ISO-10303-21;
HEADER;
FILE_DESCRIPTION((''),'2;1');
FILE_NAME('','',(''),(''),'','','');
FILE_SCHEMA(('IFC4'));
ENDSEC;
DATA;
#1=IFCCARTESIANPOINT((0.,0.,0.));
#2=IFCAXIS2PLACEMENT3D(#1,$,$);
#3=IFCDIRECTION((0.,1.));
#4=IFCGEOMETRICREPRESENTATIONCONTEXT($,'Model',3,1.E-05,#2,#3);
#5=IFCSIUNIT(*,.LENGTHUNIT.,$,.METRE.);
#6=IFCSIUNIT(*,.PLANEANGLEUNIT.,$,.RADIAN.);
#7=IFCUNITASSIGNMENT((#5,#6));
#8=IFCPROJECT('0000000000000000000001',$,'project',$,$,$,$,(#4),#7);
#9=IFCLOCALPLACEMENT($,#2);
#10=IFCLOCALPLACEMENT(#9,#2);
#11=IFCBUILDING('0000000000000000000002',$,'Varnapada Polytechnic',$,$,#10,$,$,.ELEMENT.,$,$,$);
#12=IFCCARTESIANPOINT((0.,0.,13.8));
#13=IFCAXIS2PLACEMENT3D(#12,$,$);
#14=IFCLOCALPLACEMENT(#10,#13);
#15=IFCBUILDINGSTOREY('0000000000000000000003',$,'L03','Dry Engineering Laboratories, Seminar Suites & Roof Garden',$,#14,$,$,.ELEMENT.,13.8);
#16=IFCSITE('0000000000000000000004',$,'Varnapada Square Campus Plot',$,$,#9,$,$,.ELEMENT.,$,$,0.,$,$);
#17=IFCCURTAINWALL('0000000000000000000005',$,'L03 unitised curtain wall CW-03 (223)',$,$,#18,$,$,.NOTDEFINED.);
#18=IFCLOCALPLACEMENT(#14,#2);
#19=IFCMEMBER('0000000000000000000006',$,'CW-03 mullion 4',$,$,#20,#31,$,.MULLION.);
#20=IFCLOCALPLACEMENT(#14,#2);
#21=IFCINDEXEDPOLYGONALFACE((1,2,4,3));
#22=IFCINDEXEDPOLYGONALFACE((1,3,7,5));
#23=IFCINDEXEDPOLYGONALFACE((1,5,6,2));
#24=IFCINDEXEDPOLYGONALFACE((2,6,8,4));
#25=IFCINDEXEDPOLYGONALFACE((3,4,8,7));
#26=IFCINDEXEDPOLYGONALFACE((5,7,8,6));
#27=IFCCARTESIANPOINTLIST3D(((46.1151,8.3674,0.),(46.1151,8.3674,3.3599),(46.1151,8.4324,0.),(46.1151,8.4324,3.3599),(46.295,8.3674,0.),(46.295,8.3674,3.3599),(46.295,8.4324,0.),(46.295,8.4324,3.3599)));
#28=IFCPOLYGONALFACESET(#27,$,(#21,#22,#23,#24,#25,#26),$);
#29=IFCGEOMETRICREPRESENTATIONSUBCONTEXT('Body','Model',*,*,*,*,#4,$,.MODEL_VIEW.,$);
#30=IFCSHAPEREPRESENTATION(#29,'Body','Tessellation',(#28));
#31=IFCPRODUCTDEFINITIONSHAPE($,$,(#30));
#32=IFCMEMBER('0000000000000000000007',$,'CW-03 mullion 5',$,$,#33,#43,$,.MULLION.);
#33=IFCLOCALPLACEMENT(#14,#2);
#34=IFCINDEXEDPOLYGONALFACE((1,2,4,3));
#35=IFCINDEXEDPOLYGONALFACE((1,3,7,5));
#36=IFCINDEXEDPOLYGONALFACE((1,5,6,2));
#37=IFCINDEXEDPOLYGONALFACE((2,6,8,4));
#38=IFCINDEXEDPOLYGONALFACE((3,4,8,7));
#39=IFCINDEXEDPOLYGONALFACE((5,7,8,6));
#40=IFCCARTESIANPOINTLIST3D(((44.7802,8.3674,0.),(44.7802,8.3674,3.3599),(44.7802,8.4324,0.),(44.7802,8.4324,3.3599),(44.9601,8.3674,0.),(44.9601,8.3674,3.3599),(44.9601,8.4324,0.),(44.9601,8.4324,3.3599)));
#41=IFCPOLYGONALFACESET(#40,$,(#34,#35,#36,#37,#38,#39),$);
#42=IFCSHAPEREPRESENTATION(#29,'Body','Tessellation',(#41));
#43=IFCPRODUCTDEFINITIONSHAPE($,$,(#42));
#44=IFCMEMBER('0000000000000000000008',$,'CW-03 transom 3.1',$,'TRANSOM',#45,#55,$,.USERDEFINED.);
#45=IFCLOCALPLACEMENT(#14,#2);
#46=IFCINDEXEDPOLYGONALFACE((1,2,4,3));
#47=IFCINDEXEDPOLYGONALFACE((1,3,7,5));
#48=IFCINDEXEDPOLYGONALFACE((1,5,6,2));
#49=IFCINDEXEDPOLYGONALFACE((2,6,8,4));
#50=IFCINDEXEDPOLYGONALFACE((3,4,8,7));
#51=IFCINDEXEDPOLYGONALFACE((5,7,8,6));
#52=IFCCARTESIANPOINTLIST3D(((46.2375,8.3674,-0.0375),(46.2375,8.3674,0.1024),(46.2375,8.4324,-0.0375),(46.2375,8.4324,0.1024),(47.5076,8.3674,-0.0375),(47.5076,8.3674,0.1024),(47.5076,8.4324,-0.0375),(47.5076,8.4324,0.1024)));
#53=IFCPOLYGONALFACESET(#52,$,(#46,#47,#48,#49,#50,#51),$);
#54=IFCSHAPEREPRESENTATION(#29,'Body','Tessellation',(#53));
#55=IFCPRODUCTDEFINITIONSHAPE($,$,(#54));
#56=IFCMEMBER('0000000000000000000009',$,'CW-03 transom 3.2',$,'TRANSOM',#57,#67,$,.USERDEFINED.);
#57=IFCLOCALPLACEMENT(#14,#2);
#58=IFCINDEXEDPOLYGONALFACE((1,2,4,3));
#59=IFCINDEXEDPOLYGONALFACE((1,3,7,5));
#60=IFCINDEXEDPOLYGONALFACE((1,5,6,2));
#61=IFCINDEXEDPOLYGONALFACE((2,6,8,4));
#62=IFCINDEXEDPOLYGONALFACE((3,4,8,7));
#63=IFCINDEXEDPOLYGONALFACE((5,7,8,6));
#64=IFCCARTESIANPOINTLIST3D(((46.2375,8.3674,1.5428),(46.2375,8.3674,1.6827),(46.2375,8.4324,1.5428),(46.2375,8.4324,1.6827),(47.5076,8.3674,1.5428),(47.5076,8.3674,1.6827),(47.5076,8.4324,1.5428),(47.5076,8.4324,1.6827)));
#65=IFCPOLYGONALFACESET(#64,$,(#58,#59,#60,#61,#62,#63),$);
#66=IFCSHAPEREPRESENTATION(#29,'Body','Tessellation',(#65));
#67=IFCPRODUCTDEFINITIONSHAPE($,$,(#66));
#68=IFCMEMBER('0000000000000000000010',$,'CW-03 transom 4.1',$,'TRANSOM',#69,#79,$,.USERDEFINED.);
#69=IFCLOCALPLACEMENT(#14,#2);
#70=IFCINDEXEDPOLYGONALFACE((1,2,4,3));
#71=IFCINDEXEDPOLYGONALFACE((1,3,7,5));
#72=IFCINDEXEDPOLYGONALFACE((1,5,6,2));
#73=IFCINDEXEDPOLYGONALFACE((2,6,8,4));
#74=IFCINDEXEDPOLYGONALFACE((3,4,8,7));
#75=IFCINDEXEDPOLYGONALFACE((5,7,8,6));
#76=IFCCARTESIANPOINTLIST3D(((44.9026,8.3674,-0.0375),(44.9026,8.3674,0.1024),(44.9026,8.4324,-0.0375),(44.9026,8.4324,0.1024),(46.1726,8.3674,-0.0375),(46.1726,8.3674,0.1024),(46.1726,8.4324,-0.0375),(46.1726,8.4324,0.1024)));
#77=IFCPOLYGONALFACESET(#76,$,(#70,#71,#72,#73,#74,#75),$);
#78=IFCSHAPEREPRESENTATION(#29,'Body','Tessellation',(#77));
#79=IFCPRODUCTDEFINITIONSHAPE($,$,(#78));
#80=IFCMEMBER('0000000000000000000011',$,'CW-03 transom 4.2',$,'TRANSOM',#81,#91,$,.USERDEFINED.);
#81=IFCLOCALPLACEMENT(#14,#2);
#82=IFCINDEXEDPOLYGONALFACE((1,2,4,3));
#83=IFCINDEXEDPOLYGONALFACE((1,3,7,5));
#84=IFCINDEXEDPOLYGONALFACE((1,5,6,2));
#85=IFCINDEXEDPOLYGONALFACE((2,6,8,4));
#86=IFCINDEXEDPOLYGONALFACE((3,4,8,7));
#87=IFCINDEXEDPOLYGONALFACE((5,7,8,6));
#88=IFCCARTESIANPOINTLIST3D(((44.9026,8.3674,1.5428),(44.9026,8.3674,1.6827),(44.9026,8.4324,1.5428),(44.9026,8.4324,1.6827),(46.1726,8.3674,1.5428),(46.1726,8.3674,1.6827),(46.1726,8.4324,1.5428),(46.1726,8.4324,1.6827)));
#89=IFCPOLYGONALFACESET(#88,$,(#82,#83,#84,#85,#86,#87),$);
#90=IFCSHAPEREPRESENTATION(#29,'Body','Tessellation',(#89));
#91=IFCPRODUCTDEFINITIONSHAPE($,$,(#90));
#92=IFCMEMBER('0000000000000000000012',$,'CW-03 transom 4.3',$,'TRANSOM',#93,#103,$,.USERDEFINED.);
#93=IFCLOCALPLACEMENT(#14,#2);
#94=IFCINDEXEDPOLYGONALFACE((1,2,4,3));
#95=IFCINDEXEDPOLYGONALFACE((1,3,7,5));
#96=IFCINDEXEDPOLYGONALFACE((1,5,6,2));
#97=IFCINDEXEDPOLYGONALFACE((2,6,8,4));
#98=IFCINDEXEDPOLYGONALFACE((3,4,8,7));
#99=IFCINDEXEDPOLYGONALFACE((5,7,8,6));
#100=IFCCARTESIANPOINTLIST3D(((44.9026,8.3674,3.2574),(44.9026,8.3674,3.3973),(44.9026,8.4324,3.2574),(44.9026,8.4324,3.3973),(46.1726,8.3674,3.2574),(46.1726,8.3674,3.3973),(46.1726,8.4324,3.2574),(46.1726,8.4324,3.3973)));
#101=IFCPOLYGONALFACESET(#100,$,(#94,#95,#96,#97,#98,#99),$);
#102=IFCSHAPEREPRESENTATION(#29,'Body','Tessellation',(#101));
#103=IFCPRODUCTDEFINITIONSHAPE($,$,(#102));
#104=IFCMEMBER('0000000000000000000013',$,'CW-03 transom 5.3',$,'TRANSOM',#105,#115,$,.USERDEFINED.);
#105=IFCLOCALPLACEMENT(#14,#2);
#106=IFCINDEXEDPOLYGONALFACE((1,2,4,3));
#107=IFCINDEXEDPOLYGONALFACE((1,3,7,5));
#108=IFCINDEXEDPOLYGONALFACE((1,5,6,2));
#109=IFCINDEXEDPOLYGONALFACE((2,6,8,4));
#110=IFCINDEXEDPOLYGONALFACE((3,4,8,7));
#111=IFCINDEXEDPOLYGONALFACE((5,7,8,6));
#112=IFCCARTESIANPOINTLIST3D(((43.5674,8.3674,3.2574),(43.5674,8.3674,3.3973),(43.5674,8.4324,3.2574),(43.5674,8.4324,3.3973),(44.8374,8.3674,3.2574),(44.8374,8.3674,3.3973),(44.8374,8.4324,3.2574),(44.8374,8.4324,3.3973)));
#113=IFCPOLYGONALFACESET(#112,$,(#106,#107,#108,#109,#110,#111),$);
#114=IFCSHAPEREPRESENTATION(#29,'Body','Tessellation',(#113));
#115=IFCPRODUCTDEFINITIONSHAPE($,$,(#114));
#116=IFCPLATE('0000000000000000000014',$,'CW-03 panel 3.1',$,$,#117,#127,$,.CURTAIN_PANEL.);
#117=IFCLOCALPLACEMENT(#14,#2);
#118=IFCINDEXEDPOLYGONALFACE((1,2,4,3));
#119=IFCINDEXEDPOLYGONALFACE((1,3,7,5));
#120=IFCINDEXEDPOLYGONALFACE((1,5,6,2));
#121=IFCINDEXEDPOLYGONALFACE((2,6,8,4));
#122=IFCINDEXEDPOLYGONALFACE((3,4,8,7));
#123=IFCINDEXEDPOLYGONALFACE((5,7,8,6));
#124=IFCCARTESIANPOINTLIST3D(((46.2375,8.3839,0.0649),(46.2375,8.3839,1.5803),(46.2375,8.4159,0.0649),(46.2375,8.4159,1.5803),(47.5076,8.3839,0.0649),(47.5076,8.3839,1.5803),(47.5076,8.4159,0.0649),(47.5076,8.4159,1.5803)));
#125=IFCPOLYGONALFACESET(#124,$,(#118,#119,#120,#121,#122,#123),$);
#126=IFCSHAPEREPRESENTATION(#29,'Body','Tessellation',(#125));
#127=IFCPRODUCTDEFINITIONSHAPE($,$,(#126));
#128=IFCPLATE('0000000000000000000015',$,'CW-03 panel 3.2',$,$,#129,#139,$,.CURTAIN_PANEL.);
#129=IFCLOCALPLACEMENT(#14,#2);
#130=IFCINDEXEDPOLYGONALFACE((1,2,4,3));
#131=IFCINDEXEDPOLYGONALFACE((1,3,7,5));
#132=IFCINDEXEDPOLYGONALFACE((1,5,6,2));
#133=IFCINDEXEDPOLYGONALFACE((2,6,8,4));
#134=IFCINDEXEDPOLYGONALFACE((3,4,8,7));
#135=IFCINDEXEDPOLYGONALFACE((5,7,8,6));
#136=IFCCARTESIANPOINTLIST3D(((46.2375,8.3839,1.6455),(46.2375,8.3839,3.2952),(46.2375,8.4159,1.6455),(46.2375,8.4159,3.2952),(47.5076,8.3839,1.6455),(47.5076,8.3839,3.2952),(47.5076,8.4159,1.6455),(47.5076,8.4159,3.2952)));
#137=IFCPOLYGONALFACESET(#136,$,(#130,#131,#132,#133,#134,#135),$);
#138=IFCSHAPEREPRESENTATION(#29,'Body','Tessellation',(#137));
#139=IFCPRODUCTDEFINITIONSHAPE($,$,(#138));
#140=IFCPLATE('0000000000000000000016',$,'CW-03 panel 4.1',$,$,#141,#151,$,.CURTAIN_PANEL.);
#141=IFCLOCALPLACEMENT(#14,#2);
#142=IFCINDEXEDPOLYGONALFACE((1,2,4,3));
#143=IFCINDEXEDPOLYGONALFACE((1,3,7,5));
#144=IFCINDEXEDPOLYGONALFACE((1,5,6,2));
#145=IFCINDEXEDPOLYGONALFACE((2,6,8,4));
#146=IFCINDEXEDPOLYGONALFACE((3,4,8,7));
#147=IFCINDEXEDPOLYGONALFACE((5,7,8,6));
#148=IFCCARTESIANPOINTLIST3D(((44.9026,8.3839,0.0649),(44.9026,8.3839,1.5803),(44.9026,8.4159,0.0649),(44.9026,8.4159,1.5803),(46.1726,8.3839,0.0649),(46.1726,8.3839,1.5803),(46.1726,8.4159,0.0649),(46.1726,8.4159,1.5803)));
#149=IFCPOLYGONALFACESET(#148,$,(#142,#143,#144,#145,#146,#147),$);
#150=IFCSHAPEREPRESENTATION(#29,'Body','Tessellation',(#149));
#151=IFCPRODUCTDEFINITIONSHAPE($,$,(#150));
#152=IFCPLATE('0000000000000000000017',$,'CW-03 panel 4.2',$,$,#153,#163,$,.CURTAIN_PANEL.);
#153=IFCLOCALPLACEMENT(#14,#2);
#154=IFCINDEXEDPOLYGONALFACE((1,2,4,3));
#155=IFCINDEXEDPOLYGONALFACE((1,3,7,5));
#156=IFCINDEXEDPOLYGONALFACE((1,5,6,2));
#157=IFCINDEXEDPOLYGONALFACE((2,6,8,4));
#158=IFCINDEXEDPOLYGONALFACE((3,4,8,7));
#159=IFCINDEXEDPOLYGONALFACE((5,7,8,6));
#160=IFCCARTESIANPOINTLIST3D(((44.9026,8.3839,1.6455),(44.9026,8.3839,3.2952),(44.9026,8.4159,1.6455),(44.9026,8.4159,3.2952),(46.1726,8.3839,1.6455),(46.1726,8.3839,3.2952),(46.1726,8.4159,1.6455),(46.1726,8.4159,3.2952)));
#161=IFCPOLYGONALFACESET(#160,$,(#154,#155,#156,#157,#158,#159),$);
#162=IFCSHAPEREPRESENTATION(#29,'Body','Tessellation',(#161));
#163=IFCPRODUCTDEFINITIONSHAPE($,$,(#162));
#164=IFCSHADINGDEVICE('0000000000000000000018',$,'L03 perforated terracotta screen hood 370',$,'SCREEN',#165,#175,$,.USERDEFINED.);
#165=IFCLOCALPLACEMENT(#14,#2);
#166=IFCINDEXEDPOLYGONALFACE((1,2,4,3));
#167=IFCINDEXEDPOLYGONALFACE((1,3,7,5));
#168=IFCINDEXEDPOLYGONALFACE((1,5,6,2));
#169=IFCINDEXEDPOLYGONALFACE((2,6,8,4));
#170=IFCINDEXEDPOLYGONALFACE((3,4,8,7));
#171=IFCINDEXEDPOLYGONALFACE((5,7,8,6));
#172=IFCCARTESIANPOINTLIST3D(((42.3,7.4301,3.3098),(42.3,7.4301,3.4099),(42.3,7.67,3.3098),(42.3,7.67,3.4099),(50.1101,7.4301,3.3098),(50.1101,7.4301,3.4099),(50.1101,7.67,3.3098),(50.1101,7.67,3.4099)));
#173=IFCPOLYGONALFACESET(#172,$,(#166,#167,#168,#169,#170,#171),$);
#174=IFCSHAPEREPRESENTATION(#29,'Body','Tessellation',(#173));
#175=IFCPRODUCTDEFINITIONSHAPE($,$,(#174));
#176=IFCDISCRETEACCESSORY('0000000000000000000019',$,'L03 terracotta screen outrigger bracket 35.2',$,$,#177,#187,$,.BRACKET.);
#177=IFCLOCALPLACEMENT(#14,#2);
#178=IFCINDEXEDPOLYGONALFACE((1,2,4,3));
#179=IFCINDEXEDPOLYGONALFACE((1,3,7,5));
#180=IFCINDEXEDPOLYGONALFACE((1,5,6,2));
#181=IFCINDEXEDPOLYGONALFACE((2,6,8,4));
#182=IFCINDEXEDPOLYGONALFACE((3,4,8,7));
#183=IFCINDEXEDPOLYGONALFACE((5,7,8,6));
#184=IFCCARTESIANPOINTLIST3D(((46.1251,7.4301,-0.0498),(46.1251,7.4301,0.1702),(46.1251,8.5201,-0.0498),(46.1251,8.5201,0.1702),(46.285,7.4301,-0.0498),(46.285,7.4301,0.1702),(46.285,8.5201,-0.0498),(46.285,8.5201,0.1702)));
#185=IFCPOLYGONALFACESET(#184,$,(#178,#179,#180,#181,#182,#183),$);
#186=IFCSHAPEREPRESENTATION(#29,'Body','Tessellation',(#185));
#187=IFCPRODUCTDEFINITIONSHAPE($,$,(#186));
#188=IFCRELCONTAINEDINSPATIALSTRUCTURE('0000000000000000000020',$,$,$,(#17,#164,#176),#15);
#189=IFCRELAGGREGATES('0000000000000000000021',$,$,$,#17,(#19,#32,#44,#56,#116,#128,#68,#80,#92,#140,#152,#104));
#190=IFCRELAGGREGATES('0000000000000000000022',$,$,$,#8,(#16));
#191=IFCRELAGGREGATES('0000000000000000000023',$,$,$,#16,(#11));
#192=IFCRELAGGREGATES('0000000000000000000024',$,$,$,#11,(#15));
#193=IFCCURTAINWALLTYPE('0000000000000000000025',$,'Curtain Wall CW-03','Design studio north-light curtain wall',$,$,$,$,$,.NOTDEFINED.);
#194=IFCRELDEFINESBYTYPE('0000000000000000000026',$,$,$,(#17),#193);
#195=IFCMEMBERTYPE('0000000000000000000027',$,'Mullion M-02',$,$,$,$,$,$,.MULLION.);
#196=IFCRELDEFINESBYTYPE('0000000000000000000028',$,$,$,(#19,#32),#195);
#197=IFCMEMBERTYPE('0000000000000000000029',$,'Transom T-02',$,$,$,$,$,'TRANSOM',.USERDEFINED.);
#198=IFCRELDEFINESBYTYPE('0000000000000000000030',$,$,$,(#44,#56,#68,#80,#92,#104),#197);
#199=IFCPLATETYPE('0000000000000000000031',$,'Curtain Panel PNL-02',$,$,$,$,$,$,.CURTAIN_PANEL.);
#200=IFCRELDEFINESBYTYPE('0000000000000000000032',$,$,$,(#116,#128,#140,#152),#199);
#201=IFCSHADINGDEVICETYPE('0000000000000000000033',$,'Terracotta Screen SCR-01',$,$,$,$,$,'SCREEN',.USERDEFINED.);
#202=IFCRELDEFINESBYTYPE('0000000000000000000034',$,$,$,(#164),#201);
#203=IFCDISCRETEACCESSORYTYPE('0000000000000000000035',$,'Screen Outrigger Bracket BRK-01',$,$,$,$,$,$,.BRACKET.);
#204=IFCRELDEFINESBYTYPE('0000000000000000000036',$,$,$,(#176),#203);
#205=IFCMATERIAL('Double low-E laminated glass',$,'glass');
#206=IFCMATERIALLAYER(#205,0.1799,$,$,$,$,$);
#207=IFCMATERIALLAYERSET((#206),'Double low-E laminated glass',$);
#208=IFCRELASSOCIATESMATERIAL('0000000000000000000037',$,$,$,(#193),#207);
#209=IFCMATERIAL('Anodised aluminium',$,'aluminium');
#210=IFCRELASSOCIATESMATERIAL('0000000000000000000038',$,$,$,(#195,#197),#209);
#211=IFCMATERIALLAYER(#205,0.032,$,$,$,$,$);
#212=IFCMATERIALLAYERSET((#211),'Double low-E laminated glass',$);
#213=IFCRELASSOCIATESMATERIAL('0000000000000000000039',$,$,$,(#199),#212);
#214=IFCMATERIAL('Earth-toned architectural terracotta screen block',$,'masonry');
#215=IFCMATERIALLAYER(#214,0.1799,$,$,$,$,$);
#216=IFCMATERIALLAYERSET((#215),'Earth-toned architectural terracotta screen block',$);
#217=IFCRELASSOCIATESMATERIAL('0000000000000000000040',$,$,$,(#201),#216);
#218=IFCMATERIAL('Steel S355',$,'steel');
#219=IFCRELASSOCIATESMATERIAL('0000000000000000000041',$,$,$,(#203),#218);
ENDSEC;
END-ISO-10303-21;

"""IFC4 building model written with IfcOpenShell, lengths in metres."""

from ifc_helpers import new_model, si_unit, direction, frame, origin, origin_2d, place, context, subcontext, project, spatial, rectangle, extrude, material, layer, layer_set, material_profile, profile_set, type_object, element, aggregate, save


model = new_model("IFC4")

# Units and contexts
model_context = context("Model", 3, precision=1e-05, world=origin(), true_north=direction((0.0, 1.0)))
body_context = subcontext(model_context, "Body", "Model", "MODEL_VIEW")
ifc_project = project(units=[si_unit("LENGTHUNIT", "METRE"), si_unit("PLANEANGLEUNIT", "RADIAN")], contexts=[model_context])

# Site, building, storey
site_placement = place(None, origin())
site = spatial("IfcSite", under=ifc_project, at=site_placement, Name="Varnapada Square Campus Plot", CompositionType="ELEMENT", RefElevation=0.0)
building_placement = place(site_placement, origin())
building = spatial("IfcBuilding", under=site, at=building_placement, Name="Varnapada Polytechnic", CompositionType="ELEMENT")
storey_placement = place(building_placement, frame((0.0, 0.0, 13.8)))
storey = spatial("IfcBuildingStorey", under=building, at=storey_placement, Name="L03", Description="Dry Engineering Laboratories, Seminar Suites & Roof Garden", CompositionType="ELEMENT", Elevation=13.8)

# Curtain wall, members, plates
ifc_material_1 = material(Name="Double low-E laminated glass", Category="glass")
ifc_layer_1 = layer(ifc_material_1, 0.1799)
ifc_layer_set_1 = layer_set([ifc_layer_1], Name="Double low-E laminated glass")
curtain_wall_type = type_object("IfcCurtainWallType", Name="Curtain Wall CW-03", Description="Design studio north-light curtain wall", PredefinedType="NOTDEFINED", material=ifc_layer_set_1)
curtain_wall_placement = place(storey_placement, origin())
curtain_wall = element("IfcCurtainWall", 1, at=curtain_wall_placement, inside=storey, type_object=curtain_wall_type, Name="L03 unitised curtain wall CW-03 (223)", PredefinedType="NOTDEFINED")
ifc_material_2 = material(Name="Anodised aluminium", Category="aluminium")
ifc_material_profile_1 = material_profile(ifc_material_2, rectangle(XDim=0.0649, YDim=0.1799, at=origin_2d()), Name="ALU M65x180")
ifc_profile_set_1 = profile_set([ifc_material_profile_1], Name="Anodised aluminium")
member_type_1 = type_object("IfcMemberType", Name="Mullion M-02", PredefinedType="MULLION", material=ifc_profile_set_1)
member_1_placement = place(storey_placement, frame((46.2051, 8.3999, 0.0), z_axis=(0.0, 0.0, 1.0), x_axis=(0.0, -1.0, 0.0)))
member_1 = element("IfcMember", 2, at=member_1_placement, type_object=member_type_1, Name="CW-03 mullion 4", PredefinedType="MULLION", context=body_context, shape_type="SweptSolid", body=[
    extrude(rectangle(XDim=0.0649, YDim=0.1799, at=origin_2d()), origin(), (0.0, 0.0, 1.0), 3.3599),
])
member_2_placement = place(storey_placement, frame((44.8701, 8.3999, 0.0), z_axis=(0.0, 0.0, 1.0), x_axis=(0.0, -1.0, 0.0)))
member_2 = element("IfcMember", 3, at=member_2_placement, type_object=member_type_1, Name="CW-03 mullion 5", PredefinedType="MULLION", context=body_context, shape_type="SweptSolid", body=[
    extrude(rectangle(XDim=0.0649, YDim=0.1799, at=origin_2d()), origin(), (0.0, 0.0, 1.0), 3.3599),
])
ifc_material_profile_2 = material_profile(ifc_material_2, rectangle(XDim=0.0649, YDim=0.1399, at=origin_2d()), Name="ALU T65x140")
ifc_profile_set_2 = profile_set([ifc_material_profile_2], Name="Anodised aluminium")
member_type_2 = type_object("IfcMemberType", Name="Transom T-02", ElementType="TRANSOM", PredefinedType="USERDEFINED", material=ifc_profile_set_2)
member_3_placement = place(storey_placement, frame((47.5076, 8.3999, 0.0325), z_axis=(-1.0, 0.0, 0.0), x_axis=(0.0, -1.0, 0.0)))
member_3 = element("IfcMember", 4, at=member_3_placement, type_object=member_type_2, Name="CW-03 transom 3.1", ObjectType="TRANSOM", PredefinedType="USERDEFINED", context=body_context, shape_type="SweptSolid", body=[
    extrude(rectangle(XDim=0.0649, YDim=0.1399, at=origin_2d()), origin(), (0.0, 0.0, 1.0), 1.27),
])
member_4_placement = place(storey_placement, frame((47.5076, 8.3999, 1.6128), z_axis=(-1.0, 0.0, 0.0), x_axis=(0.0, -1.0, 0.0)))
member_4 = element("IfcMember", 5, at=member_4_placement, type_object=member_type_2, Name="CW-03 transom 3.2", ObjectType="TRANSOM", PredefinedType="USERDEFINED", context=body_context, shape_type="SweptSolid", body=[
    extrude(rectangle(XDim=0.0649, YDim=0.1399, at=origin_2d()), origin(), (0.0, 0.0, 1.0), 1.27),
])
member_5_placement = place(storey_placement, frame((46.1726, 8.3999, 0.0325), z_axis=(-1.0, 0.0, 0.0), x_axis=(0.0, -1.0, 0.0)))
member_5 = element("IfcMember", 6, at=member_5_placement, type_object=member_type_2, Name="CW-03 transom 4.1", ObjectType="TRANSOM", PredefinedType="USERDEFINED", context=body_context, shape_type="SweptSolid", body=[
    extrude(rectangle(XDim=0.0649, YDim=0.1399, at=origin_2d()), origin(), (0.0, 0.0, 1.0), 1.27),
])
member_6_placement = place(storey_placement, frame((46.1726, 8.3999, 1.6128), z_axis=(-1.0, 0.0, 0.0), x_axis=(0.0, -1.0, 0.0)))
member_6 = element("IfcMember", 7, at=member_6_placement, type_object=member_type_2, Name="CW-03 transom 4.2", ObjectType="TRANSOM", PredefinedType="USERDEFINED", context=body_context, shape_type="SweptSolid", body=[
    extrude(rectangle(XDim=0.0649, YDim=0.1399, at=origin_2d()), origin(), (0.0, 0.0, 1.0), 1.27),
])
member_7_placement = place(storey_placement, frame((46.1726, 8.3999, 3.3274), z_axis=(-1.0, 0.0, 0.0), x_axis=(0.0, -1.0, 0.0)))
member_7 = element("IfcMember", 8, at=member_7_placement, type_object=member_type_2, Name="CW-03 transom 4.3", ObjectType="TRANSOM", PredefinedType="USERDEFINED", context=body_context, shape_type="SweptSolid", body=[
    extrude(rectangle(XDim=0.0649, YDim=0.1399, at=origin_2d()), origin(), (0.0, 0.0, 1.0), 1.27),
])
member_8_placement = place(storey_placement, frame((44.8374, 8.3999, 3.3274), z_axis=(-1.0, 0.0, 0.0), x_axis=(0.0, -1.0, 0.0)))
member_8 = element("IfcMember", 9, at=member_8_placement, type_object=member_type_2, Name="CW-03 transom 5.3", ObjectType="TRANSOM", PredefinedType="USERDEFINED", context=body_context, shape_type="SweptSolid", body=[
    extrude(rectangle(XDim=0.0649, YDim=0.1399, at=origin_2d()), origin(), (0.0, 0.0, 1.0), 1.27),
])
ifc_layer_2 = layer(ifc_material_1, 0.032)
ifc_layer_set_2 = layer_set([ifc_layer_2], Name="Double low-E laminated glass")
plate_type = type_object("IfcPlateType", Name="Curtain Panel PNL-02", PredefinedType="CURTAIN_PANEL", material=ifc_layer_set_2)
plate_1_placement = place(storey_placement, frame((46.8726, 8.3999, 0.0649), z_axis=(0.0, 0.0, 1.0), x_axis=(-1.0, 0.0, 0.0)))
plate_1 = element("IfcPlate", 10, at=plate_1_placement, type_object=plate_type, Name="CW-03 panel 3.1", PredefinedType="CURTAIN_PANEL", context=body_context, shape_type="SweptSolid", body=[
    extrude(rectangle(XDim=1.27, YDim=0.032, at=origin_2d()), origin(), (0.0, 0.0, 1.0), 1.5154),
])
plate_2_placement = place(storey_placement, frame((46.8726, 8.3999, 1.6455), z_axis=(0.0, 0.0, 1.0), x_axis=(-1.0, 0.0, 0.0)))
plate_2 = element("IfcPlate", 11, at=plate_2_placement, type_object=plate_type, Name="CW-03 panel 3.2", PredefinedType="CURTAIN_PANEL", context=body_context, shape_type="SweptSolid", body=[
    extrude(rectangle(XDim=1.27, YDim=0.032, at=origin_2d()), origin(), (0.0, 0.0, 1.0), 1.6497),
])
plate_3_placement = place(storey_placement, frame((45.5376, 8.3999, 0.0649), z_axis=(0.0, 0.0, 1.0), x_axis=(-1.0, 0.0, 0.0)))
plate_3 = element("IfcPlate", 12, at=plate_3_placement, type_object=plate_type, Name="CW-03 panel 4.1", PredefinedType="CURTAIN_PANEL", context=body_context, shape_type="SweptSolid", body=[
    extrude(rectangle(XDim=1.27, YDim=0.032, at=origin_2d()), origin(), (0.0, 0.0, 1.0), 1.5154),
])
plate_4_placement = place(storey_placement, frame((45.5376, 8.3999, 1.6455), z_axis=(0.0, 0.0, 1.0), x_axis=(-1.0, 0.0, 0.0)))
plate_4 = element("IfcPlate", 13, at=plate_4_placement, type_object=plate_type, Name="CW-03 panel 4.2", PredefinedType="CURTAIN_PANEL", context=body_context, shape_type="SweptSolid", body=[
    extrude(rectangle(XDim=1.27, YDim=0.032, at=origin_2d()), origin(), (0.0, 0.0, 1.0), 1.6497),
])
aggregate(curtain_wall, [member_1, member_2, member_3, member_4, plate_1, plate_2, member_5, member_6, member_7, plate_3, plate_4, member_8])

# Shading device
ifc_material_3 = material(Name="Earth-toned architectural terracotta screen block", Category="masonry")
ifc_layer_3 = layer(ifc_material_3, 0.1799)
ifc_layer_set_3 = layer_set([ifc_layer_3], Name="Earth-toned architectural terracotta screen block")
shading_device_type = type_object("IfcShadingDeviceType", Name="Terracotta Screen SCR-01", ElementType="SCREEN", PredefinedType="USERDEFINED", material=ifc_layer_set_3)
shading_device_placement = place(storey_placement, frame((46.2051, 7.55, 3.3098), z_axis=(0.0, 0.0, 1.0), x_axis=(-1.0, 0.0, 0.0)))
element("IfcShadingDevice", 14, at=shading_device_placement, inside=storey, type_object=shading_device_type, Name="L03 perforated terracotta screen hood 370", ObjectType="SCREEN", PredefinedType="USERDEFINED", context=body_context, shape_type="SweptSolid", body=[
    extrude(rectangle(XDim=7.8101, YDim=0.24, at=origin_2d()), origin(), (0.0, 0.0, 1.0), 0.1001),
])

# Discrete accessory
ifc_material_4 = material(Name="Steel S355", Category="steel")
discrete_accessory_type = type_object("IfcDiscreteAccessoryType", Name="Screen Outrigger Bracket BRK-01", PredefinedType="BRACKET", material=ifc_material_4)
discrete_accessory_placement = place(storey_placement, frame((46.2051, 7.9751, -0.0498), z_axis=(0.0, 0.0, 1.0), x_axis=(-1.0, 0.0, 0.0)))
element("IfcDiscreteAccessory", 15, at=discrete_accessory_placement, inside=storey, type_object=discrete_accessory_type, Name="L03 terracotta screen outrigger bracket 35.2", PredefinedType="BRACKET", context=body_context, shape_type="SweptSolid", body=[
    extrude(rectangle(XDim=0.1599, YDim=1.0901, at=origin_2d()), origin(), (0.0, 0.0, 1.0), 0.22),
])

save(model, "model.ifc")
